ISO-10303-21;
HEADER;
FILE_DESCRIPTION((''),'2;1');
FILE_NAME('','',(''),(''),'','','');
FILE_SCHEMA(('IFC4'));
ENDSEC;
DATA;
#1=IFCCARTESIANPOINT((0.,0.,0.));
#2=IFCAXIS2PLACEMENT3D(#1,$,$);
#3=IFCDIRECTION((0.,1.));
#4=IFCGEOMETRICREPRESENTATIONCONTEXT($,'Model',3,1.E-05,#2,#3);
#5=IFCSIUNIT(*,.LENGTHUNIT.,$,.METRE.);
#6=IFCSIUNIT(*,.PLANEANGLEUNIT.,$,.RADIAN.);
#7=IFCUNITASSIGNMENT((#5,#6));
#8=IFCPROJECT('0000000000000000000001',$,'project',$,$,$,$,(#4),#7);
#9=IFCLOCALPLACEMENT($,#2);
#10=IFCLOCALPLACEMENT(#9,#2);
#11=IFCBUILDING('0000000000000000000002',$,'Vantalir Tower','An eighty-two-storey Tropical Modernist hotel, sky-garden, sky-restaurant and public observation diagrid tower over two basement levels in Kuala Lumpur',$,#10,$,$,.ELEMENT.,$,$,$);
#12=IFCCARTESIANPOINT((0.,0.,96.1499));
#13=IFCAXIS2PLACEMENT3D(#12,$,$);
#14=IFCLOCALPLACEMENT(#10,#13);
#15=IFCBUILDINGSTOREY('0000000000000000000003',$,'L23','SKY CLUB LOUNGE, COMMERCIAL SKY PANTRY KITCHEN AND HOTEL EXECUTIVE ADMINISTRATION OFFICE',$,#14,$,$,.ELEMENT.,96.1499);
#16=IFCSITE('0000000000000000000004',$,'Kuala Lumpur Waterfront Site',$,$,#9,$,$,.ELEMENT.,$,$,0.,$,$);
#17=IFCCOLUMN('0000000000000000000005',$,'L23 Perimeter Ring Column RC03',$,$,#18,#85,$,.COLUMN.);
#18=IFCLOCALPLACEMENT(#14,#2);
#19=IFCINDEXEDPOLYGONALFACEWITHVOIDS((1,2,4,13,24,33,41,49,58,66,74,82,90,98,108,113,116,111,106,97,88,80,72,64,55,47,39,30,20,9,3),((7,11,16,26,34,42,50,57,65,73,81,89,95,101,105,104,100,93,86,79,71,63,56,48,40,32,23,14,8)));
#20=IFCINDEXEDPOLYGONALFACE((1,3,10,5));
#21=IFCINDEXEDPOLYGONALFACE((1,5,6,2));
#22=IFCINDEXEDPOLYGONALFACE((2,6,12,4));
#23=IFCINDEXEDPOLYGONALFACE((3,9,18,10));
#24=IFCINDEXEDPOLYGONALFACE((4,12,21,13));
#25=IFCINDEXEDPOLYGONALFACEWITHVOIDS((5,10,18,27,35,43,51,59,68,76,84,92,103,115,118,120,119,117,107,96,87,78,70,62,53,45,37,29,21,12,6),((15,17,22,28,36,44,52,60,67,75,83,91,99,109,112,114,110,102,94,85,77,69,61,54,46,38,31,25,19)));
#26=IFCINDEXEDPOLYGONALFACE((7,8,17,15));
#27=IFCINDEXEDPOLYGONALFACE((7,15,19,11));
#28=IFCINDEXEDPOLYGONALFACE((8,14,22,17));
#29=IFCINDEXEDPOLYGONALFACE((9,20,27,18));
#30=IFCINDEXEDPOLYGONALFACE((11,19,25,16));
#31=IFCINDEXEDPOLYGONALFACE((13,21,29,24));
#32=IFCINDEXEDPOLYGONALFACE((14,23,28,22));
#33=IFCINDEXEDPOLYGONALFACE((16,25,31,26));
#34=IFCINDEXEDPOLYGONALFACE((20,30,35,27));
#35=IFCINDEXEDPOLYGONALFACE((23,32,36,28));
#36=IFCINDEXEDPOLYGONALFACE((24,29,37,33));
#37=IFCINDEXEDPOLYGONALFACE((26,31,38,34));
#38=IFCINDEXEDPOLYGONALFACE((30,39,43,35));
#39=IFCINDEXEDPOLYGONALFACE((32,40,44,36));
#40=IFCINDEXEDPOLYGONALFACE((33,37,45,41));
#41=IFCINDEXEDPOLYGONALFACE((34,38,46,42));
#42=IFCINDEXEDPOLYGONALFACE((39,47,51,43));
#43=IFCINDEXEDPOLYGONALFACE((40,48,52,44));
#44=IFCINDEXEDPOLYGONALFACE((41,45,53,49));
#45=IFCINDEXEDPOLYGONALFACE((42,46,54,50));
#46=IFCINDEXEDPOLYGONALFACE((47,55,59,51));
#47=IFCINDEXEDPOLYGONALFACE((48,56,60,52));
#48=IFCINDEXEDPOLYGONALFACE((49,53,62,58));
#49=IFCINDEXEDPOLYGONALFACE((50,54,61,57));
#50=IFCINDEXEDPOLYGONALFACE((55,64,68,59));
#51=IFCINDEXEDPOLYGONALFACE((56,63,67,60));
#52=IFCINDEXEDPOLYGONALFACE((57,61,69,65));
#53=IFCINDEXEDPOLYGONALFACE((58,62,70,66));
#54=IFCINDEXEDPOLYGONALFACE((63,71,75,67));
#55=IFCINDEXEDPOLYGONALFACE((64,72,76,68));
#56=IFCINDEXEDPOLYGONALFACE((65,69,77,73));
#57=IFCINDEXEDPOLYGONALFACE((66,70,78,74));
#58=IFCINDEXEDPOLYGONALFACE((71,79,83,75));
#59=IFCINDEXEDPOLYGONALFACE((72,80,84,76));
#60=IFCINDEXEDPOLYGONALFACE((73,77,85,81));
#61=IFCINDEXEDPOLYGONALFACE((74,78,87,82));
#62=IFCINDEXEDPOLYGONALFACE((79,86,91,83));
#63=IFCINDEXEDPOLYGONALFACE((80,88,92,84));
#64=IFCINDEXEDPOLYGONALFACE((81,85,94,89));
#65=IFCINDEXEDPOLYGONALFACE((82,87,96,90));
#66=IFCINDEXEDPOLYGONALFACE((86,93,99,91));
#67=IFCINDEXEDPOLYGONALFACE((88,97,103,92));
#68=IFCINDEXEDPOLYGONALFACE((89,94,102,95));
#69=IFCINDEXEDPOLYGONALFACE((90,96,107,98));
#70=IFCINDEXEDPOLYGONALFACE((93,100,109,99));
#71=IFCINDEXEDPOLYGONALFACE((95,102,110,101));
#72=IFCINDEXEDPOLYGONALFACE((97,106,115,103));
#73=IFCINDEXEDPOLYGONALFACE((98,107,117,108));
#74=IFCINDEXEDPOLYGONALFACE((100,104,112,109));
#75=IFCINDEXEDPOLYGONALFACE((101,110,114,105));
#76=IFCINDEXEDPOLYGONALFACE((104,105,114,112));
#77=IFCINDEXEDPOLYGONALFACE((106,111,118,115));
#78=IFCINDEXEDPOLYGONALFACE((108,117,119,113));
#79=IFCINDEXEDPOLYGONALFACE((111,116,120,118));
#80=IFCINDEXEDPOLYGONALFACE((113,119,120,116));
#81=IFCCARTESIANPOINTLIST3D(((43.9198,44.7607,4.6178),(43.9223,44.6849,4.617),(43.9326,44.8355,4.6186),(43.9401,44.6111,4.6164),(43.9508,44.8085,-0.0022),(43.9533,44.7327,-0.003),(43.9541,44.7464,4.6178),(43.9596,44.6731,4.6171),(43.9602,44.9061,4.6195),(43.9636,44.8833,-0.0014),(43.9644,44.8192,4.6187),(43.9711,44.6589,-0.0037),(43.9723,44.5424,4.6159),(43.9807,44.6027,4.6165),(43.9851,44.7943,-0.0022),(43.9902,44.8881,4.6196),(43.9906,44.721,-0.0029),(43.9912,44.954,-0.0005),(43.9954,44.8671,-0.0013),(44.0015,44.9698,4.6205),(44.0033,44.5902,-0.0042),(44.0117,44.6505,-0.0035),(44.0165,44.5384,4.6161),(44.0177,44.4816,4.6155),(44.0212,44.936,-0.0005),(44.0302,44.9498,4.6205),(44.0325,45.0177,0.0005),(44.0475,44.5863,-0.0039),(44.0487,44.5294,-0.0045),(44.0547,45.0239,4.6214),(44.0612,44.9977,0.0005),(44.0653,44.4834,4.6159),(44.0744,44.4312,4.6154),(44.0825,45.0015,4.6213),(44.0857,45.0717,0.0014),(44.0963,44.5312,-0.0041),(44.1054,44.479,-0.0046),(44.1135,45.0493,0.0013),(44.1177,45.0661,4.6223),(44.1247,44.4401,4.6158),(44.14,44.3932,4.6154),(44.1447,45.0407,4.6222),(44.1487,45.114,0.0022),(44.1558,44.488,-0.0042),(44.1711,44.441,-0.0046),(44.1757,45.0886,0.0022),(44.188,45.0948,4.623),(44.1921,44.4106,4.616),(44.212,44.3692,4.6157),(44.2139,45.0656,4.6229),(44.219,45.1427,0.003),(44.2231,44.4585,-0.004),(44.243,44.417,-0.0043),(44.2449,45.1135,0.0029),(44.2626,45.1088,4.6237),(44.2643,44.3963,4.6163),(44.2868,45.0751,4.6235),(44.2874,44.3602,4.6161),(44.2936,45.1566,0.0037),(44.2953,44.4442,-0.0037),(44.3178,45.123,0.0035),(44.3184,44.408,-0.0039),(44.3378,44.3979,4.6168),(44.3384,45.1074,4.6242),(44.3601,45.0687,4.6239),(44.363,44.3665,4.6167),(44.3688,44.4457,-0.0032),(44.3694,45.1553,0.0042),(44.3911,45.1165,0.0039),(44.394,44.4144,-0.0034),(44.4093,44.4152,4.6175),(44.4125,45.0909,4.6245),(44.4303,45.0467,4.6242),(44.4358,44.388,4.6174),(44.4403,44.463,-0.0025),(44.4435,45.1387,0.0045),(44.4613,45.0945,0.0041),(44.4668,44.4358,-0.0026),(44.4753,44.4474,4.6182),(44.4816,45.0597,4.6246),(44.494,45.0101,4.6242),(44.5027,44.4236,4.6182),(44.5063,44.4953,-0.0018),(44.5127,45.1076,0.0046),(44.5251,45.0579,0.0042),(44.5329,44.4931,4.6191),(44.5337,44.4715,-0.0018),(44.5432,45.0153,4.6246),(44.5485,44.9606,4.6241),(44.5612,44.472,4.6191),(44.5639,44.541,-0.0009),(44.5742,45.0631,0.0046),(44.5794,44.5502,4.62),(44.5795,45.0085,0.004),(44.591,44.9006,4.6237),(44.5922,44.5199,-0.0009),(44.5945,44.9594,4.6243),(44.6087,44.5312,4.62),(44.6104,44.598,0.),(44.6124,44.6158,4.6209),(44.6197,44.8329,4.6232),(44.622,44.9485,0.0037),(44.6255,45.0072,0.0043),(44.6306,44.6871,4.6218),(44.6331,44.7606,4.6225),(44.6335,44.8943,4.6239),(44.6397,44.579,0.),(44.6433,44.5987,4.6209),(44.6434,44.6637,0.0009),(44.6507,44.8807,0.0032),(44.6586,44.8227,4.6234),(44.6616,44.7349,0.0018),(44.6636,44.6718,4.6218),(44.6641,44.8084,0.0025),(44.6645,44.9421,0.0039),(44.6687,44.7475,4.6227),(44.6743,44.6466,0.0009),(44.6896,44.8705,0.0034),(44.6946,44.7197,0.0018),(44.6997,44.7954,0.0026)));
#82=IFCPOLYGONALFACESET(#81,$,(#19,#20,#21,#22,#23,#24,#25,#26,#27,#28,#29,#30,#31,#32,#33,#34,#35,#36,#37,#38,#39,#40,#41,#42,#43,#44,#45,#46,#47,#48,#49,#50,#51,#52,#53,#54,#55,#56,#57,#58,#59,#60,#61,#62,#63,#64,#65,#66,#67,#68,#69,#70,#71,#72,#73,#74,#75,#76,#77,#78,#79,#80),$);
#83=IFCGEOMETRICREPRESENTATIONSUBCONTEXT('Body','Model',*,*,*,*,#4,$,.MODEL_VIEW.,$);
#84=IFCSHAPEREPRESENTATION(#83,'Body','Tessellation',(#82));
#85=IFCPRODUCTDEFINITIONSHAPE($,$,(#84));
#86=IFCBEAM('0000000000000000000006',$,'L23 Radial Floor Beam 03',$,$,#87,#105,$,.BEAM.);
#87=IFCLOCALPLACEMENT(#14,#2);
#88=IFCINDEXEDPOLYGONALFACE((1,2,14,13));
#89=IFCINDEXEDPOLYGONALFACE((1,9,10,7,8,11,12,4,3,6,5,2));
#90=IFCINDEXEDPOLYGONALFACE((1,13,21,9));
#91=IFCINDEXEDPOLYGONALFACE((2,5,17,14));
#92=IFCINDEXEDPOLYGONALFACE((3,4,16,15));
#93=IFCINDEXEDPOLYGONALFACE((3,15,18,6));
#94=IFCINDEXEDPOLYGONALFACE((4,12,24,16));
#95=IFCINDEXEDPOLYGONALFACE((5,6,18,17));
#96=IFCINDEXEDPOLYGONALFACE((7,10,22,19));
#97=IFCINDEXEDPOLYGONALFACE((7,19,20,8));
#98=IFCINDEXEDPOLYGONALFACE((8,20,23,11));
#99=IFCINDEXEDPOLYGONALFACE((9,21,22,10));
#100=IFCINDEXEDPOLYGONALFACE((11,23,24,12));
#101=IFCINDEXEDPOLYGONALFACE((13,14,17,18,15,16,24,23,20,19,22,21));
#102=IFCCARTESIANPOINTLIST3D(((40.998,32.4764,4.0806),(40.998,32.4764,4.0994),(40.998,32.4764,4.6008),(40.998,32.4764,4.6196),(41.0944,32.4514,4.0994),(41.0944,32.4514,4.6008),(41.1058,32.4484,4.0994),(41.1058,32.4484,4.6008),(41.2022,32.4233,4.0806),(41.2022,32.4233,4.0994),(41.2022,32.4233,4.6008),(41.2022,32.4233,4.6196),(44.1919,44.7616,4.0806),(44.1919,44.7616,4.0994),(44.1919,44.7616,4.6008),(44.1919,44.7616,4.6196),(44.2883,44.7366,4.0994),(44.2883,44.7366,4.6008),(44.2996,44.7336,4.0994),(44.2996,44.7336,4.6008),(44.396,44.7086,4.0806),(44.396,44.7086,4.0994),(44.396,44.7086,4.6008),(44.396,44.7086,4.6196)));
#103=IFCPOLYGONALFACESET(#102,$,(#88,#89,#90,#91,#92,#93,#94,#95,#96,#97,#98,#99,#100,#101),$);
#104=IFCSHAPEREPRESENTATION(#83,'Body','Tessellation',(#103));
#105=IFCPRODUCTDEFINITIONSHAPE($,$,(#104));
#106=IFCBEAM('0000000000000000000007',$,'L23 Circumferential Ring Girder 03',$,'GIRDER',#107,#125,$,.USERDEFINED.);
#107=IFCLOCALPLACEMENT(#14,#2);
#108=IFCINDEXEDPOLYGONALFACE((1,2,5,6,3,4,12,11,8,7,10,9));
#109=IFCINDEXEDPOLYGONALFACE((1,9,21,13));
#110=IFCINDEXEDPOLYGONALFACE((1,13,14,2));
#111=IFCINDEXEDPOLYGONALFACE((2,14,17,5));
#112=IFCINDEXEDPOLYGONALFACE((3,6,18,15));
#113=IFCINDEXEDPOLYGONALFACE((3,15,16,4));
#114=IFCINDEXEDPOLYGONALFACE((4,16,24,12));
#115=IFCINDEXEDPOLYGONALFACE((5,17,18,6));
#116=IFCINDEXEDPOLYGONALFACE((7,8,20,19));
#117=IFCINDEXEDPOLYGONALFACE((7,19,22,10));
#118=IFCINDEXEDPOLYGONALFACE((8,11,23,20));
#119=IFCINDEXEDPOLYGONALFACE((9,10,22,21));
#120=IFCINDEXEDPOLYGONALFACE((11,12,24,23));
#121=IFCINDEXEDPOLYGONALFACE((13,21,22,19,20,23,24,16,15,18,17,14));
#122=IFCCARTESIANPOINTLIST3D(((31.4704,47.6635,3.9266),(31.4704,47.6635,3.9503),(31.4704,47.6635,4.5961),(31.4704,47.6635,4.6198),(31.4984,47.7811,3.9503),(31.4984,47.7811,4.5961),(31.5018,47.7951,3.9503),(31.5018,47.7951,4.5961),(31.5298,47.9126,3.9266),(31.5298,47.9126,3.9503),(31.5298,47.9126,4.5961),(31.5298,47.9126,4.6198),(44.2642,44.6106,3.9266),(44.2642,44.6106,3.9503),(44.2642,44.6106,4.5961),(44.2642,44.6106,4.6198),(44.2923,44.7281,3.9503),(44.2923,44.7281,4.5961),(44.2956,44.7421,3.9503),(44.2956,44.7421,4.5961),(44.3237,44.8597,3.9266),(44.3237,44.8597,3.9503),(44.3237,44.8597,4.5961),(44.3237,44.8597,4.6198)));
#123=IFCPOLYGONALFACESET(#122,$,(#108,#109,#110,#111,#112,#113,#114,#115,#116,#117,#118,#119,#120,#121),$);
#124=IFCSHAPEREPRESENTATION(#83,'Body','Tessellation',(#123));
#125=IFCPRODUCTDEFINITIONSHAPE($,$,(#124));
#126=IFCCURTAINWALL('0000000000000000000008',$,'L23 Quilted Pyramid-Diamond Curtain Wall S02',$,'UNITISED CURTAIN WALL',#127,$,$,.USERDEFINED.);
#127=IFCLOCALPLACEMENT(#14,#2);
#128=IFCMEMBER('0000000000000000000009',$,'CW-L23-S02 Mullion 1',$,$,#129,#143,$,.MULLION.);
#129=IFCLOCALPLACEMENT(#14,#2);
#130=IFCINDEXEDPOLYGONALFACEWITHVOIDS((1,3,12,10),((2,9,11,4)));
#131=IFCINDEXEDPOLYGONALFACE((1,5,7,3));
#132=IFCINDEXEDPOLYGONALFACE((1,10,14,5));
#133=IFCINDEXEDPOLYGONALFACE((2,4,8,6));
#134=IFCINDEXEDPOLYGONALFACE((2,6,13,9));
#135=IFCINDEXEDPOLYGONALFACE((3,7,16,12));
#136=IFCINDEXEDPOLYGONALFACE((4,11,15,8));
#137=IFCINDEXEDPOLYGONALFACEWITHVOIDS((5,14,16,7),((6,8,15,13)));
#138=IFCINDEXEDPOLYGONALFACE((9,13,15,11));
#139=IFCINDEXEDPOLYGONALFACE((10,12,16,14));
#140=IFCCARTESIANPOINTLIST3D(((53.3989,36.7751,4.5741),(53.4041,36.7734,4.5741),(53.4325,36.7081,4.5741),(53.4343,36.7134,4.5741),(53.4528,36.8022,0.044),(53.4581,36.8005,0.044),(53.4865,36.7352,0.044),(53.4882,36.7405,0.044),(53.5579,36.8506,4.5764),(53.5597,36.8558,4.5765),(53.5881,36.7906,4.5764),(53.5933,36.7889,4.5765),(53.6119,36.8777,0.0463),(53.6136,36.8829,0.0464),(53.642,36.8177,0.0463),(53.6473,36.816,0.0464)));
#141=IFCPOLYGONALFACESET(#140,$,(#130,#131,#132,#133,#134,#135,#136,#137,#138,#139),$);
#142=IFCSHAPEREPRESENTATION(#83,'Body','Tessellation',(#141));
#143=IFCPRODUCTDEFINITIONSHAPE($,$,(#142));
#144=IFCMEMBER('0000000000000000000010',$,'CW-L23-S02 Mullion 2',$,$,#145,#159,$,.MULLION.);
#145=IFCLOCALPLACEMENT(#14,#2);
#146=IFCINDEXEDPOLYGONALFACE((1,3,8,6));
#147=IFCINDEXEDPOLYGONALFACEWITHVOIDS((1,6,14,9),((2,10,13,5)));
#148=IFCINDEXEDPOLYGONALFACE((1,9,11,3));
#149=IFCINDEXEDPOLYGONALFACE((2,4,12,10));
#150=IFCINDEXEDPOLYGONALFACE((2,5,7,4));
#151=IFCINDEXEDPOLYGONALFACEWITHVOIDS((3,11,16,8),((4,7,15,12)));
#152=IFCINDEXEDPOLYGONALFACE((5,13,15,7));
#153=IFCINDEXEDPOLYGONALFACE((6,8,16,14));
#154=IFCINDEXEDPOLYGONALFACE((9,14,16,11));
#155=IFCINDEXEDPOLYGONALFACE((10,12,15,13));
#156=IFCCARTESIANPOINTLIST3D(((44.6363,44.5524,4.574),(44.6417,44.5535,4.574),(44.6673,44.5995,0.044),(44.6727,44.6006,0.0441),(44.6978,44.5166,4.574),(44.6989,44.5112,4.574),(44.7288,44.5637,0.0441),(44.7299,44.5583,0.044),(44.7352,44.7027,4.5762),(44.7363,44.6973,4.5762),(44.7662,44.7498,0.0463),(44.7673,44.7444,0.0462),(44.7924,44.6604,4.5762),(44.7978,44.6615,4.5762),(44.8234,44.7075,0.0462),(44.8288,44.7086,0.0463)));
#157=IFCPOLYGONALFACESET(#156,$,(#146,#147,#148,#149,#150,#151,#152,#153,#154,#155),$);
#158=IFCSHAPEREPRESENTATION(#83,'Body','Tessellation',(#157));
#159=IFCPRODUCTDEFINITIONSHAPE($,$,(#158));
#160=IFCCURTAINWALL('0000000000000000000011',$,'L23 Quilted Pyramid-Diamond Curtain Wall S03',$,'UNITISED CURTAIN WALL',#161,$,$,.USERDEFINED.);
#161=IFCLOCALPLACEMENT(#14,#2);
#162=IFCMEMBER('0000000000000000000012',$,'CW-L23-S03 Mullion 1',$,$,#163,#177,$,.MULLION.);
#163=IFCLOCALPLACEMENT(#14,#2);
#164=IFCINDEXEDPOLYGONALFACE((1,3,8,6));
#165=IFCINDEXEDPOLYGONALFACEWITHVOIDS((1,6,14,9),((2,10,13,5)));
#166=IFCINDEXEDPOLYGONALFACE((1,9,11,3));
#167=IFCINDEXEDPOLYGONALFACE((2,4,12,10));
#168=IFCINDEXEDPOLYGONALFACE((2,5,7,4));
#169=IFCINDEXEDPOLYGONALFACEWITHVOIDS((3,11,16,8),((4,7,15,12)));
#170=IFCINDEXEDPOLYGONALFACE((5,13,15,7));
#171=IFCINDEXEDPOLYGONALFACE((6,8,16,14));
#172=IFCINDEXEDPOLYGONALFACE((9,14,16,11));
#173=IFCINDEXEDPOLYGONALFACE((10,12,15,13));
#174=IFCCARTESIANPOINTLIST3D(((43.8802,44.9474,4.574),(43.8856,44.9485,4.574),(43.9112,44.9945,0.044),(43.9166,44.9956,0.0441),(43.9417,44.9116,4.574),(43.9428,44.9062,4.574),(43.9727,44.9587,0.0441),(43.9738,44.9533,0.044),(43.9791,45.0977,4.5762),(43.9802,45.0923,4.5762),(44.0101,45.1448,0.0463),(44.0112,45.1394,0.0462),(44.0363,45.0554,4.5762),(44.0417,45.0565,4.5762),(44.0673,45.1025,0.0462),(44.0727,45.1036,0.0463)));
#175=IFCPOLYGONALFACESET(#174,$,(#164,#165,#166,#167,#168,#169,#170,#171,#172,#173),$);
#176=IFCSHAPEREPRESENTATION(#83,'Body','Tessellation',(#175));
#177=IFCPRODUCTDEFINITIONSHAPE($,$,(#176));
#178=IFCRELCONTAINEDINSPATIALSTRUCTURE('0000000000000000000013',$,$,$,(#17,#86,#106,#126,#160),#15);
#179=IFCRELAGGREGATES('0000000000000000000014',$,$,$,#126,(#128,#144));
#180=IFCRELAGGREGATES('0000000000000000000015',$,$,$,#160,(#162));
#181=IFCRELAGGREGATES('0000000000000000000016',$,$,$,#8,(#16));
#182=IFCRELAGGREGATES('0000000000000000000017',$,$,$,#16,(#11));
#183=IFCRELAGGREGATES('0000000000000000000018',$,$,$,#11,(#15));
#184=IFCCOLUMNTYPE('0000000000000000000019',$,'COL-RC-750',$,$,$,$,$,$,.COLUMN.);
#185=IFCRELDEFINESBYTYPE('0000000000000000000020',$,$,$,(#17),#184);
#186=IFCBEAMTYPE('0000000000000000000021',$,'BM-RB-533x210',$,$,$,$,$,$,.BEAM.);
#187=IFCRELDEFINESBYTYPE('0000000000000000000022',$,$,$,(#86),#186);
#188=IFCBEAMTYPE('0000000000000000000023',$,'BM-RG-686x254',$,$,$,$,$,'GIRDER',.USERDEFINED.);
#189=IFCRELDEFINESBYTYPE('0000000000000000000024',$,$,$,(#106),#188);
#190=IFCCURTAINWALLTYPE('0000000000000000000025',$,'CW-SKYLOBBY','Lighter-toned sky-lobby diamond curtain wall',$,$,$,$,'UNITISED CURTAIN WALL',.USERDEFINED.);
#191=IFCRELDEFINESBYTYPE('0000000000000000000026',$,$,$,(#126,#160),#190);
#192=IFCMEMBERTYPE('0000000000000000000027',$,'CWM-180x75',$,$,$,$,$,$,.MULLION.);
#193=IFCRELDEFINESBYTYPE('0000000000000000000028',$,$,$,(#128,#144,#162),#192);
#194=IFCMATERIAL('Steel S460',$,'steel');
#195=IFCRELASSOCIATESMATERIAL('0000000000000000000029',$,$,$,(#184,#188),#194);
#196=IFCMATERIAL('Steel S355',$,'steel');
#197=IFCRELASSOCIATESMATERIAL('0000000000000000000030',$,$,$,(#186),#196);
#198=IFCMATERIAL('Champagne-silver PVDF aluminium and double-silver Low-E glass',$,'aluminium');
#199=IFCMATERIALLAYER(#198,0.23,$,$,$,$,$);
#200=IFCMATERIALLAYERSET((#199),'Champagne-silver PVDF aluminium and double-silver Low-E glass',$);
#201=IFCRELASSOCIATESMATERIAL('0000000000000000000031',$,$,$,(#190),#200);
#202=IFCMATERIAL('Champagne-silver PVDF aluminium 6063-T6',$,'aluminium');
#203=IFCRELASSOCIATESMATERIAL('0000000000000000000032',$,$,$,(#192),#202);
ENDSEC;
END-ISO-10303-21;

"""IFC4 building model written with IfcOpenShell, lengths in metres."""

from ifc_helpers import new_model, si_unit, direction, frame, origin, origin_2d, place, context, subcontext, project, spatial, hollow_rectangle, hollow_circle, i_section, extrude, material, layer, layer_set, material_profile, profile_set, type_object, element, aggregate, save


model = new_model("IFC4")

# Units and contexts
model_context = context("Model", 3, precision=1e-05, world=origin(), true_north=direction((0.0, 1.0)))
body_context = subcontext(model_context, "Body", "Model", "MODEL_VIEW")
ifc_project = project(units=[si_unit("LENGTHUNIT", "METRE"), si_unit("PLANEANGLEUNIT", "RADIAN")], contexts=[model_context])

# Site, building, storey
site_placement = place(None, origin())
site = spatial("IfcSite", under=ifc_project, at=site_placement, Name="Kuala Lumpur Waterfront Site", CompositionType="ELEMENT", RefElevation=0.0)
building_placement = place(site_placement, origin())
building = spatial("IfcBuilding", under=site, at=building_placement, Name="Vantalir Tower", Description="An eighty-two-storey Tropical Modernist hotel, sky-garden, sky-restaurant and public observation diagrid tower over two basement levels in Kuala Lumpur", CompositionType="ELEMENT")
storey_placement = place(building_placement, frame((0.0, 0.0, 96.1499)))
storey = spatial("IfcBuildingStorey", under=building, at=storey_placement, Name="L23", Description="SKY CLUB LOUNGE, COMMERCIAL SKY PANTRY KITCHEN AND HOTEL EXECUTIVE ADMINISTRATION OFFICE", CompositionType="ELEMENT", Elevation=96.1499)

# Column
ifc_material_1 = material(Name="Steel S460", Category="steel")
ifc_material_profile_1 = material_profile(ifc_material_1, hollow_circle(Radius=0.375, WallThickness=0.0349, at=origin_2d()), Name="Steel S460")
ifc_profile_set_1 = profile_set([ifc_material_profile_1], Name="Steel S460")
column_type = type_object("IfcColumnType", Name="COL-RC-750", PredefinedType="COLUMN", material=ifc_profile_set_1)
column_placement = place(storey_placement, frame((44.325, 44.783, 0.0), z_axis=(-0.006711, -0.010356, 0.999924), x_axis=(0.839225, -0.543784, 0.0)))
element("IfcColumn", 1, at=column_placement, inside=storey, type_object=column_type, Name="L23 Perimeter Ring Column RC03", PredefinedType="COLUMN", context=body_context, shape_type="SweptSolid", body=[
    extrude(hollow_circle(Radius=0.375, WallThickness=0.0349, at=origin_2d()), origin(), (0.0, 0.0, 1.0), 4.6204),
])

# Beams
ifc_material_2 = material(Name="Steel S355", Category="steel")
ifc_material_profile_2 = material_profile(ifc_material_2, i_section(OverallWidth=0.2109, OverallDepth=0.5391, WebThickness=0.0117, FlangeThickness=0.0188, at=origin_2d()), Name="Steel S355")
ifc_profile_set_2 = profile_set([ifc_material_profile_2], Name="Steel S355")
beam_type_1 = type_object("IfcBeamType", Name="BM-RB-533x210", PredefinedType="BEAM", material=ifc_profile_set_2)
beam_1_placement = place(storey_placement, frame((44.2939, 44.7351, 4.3501), z_axis=(-0.251612, -0.967828, 0.0), x_axis=(0.967828, -0.251612, 0.0)))
element("IfcBeam", 2, at=beam_1_placement, inside=storey, type_object=beam_type_1, Name="L23 Radial Floor Beam 03", PredefinedType="BEAM", context=body_context, shape_type="SweptSolid", body=[
    extrude(i_section(OverallWidth=0.2109, OverallDepth=0.5391, WebThickness=0.0117, FlangeThickness=0.0188, at=origin_2d()), origin(), (0.0, 0.0, 1.0), 12.6936),
])
ifc_material_profile_3 = material_profile(ifc_material_1, i_section(OverallWidth=0.2561, OverallDepth=0.6931, WebThickness=0.0144, FlangeThickness=0.0237, at=origin_2d()), Name="Steel S460")
ifc_profile_set_3 = profile_set([ifc_material_profile_3], Name="Steel S460")
beam_type_2 = type_object("IfcBeamType", Name="BM-RG-686x254", ElementType="GIRDER", PredefinedType="USERDEFINED", material=ifc_profile_set_3)
beam_2_placement = place(storey_placement, frame((44.2939, 44.7351, 4.2732), z_axis=(-0.97269, 0.23211, 0.0), x_axis=(-0.23211, -0.97269, 0.0)))
element("IfcBeam", 3, at=beam_2_placement, inside=storey, type_object=beam_type_2, Name="L23 Circumferential Ring Girder 03", ObjectType="GIRDER", PredefinedType="USERDEFINED", context=body_context, shape_type="SweptSolid", body=[
    extrude(i_section(OverallWidth=0.2561, OverallDepth=0.6931, WebThickness=0.0144, FlangeThickness=0.0237, at=origin_2d()), origin(), (0.0, 0.0, 1.0), 13.1531),
])

# Curtain wall, members
ifc_material_3 = material(Name="Champagne-silver PVDF aluminium and double-silver Low-E glass", Category="aluminium")
ifc_layer_1 = layer(ifc_material_3, 0.23)
ifc_layer_set_1 = layer_set([ifc_layer_1], Name="Champagne-silver PVDF aluminium and double-silver Low-E glass")
curtain_wall_type = type_object("IfcCurtainWallType", Name="CW-SKYLOBBY", Description="Lighter-toned sky-lobby diamond curtain wall", ElementType="UNITISED CURTAIN WALL", PredefinedType="USERDEFINED", material=ifc_layer_set_1)
curtain_wall_1_placement = place(storey_placement, origin())
curtain_wall_1 = element("IfcCurtainWall", 4, at=curtain_wall_1_placement, inside=storey, type_object=curtain_wall_type, Name="L23 Quilted Pyramid-Diamond Curtain Wall S02", ObjectType="UNITISED CURTAIN WALL", PredefinedType="USERDEFINED")
ifc_material_4 = material(Name="Champagne-silver PVDF aluminium 6063-T6", Category="aluminium")
ifc_material_profile_4 = material_profile(ifc_material_4, hollow_rectangle(XDim=0.075, YDim=0.1799, WallThickness=0.0039, at=origin_2d()), Name="Champagne-silver PVDF aluminium 6063-T6")
ifc_profile_set_4 = profile_set([ifc_material_profile_4], Name="Champagne-silver PVDF aluminium 6063-T6")
member_type_1 = type_object("IfcMemberType", Name="CWM-180x75", PredefinedType="MULLION", material=ifc_profile_set_4)
member_1_placement = place(storey_placement, frame((53.55, 36.8091, 0.0452), z_axis=(-0.011909, -0.005982, 0.999911), x_axis=(0.44883, -0.893617, 0.0)))
member_1 = element("IfcMember", 5, at=member_1_placement, type_object=member_type_1, Name="CW-L23-S02 Mullion 1", PredefinedType="MULLION", context=body_context, shape_type="SweptSolid", body=[
    extrude(hollow_rectangle(XDim=0.075, YDim=0.1799, WallThickness=0.0039, at=origin_2d()), origin(), (0.0, 0.0, 1.0), 4.5305),
])
member_2_placement = place(storey_placement, frame((44.748, 44.6541, 0.0452), z_axis=(-0.006844, -0.010401, 0.999922), x_axis=(0.835365, -0.549696, 0.0)))
member_2 = element("IfcMember", 6, at=member_2_placement, type_object=member_type_1, Name="CW-L23-S02 Mullion 2", PredefinedType="MULLION", context=body_context, shape_type="SweptSolid", body=[
    extrude(hollow_rectangle(XDim=0.075, YDim=0.1799, WallThickness=0.0039, at=origin_2d()), origin(), (0.0, 0.0, 1.0), 4.5303),
])

# Curtain wall, member
curtain_wall_2_placement = place(storey_placement, origin())
curtain_wall_2 = element("IfcCurtainWall", 7, at=curtain_wall_2_placement, inside=storey, type_object=curtain_wall_type, Name="L23 Quilted Pyramid-Diamond Curtain Wall S03", ObjectType="UNITISED CURTAIN WALL", PredefinedType="USERDEFINED")
member_3_placement = place(storey_placement, frame((43.9919, 45.0491, 0.0452), z_axis=(-0.006844, -0.010401, 0.999922), x_axis=(0.835365, -0.549696, 0.0)))
member_3 = element("IfcMember", 8, at=member_3_placement, type_object=member_type_1, Name="CW-L23-S03 Mullion 1", PredefinedType="MULLION", context=body_context, shape_type="SweptSolid", body=[
    extrude(hollow_rectangle(XDim=0.075, YDim=0.1799, WallThickness=0.0039, at=origin_2d()), origin(), (0.0, 0.0, 1.0), 4.5303),
])

aggregate(curtain_wall_1, [member_1, member_2])
aggregate(curtain_wall_2, [member_3])

save(model, "model.ifc")
